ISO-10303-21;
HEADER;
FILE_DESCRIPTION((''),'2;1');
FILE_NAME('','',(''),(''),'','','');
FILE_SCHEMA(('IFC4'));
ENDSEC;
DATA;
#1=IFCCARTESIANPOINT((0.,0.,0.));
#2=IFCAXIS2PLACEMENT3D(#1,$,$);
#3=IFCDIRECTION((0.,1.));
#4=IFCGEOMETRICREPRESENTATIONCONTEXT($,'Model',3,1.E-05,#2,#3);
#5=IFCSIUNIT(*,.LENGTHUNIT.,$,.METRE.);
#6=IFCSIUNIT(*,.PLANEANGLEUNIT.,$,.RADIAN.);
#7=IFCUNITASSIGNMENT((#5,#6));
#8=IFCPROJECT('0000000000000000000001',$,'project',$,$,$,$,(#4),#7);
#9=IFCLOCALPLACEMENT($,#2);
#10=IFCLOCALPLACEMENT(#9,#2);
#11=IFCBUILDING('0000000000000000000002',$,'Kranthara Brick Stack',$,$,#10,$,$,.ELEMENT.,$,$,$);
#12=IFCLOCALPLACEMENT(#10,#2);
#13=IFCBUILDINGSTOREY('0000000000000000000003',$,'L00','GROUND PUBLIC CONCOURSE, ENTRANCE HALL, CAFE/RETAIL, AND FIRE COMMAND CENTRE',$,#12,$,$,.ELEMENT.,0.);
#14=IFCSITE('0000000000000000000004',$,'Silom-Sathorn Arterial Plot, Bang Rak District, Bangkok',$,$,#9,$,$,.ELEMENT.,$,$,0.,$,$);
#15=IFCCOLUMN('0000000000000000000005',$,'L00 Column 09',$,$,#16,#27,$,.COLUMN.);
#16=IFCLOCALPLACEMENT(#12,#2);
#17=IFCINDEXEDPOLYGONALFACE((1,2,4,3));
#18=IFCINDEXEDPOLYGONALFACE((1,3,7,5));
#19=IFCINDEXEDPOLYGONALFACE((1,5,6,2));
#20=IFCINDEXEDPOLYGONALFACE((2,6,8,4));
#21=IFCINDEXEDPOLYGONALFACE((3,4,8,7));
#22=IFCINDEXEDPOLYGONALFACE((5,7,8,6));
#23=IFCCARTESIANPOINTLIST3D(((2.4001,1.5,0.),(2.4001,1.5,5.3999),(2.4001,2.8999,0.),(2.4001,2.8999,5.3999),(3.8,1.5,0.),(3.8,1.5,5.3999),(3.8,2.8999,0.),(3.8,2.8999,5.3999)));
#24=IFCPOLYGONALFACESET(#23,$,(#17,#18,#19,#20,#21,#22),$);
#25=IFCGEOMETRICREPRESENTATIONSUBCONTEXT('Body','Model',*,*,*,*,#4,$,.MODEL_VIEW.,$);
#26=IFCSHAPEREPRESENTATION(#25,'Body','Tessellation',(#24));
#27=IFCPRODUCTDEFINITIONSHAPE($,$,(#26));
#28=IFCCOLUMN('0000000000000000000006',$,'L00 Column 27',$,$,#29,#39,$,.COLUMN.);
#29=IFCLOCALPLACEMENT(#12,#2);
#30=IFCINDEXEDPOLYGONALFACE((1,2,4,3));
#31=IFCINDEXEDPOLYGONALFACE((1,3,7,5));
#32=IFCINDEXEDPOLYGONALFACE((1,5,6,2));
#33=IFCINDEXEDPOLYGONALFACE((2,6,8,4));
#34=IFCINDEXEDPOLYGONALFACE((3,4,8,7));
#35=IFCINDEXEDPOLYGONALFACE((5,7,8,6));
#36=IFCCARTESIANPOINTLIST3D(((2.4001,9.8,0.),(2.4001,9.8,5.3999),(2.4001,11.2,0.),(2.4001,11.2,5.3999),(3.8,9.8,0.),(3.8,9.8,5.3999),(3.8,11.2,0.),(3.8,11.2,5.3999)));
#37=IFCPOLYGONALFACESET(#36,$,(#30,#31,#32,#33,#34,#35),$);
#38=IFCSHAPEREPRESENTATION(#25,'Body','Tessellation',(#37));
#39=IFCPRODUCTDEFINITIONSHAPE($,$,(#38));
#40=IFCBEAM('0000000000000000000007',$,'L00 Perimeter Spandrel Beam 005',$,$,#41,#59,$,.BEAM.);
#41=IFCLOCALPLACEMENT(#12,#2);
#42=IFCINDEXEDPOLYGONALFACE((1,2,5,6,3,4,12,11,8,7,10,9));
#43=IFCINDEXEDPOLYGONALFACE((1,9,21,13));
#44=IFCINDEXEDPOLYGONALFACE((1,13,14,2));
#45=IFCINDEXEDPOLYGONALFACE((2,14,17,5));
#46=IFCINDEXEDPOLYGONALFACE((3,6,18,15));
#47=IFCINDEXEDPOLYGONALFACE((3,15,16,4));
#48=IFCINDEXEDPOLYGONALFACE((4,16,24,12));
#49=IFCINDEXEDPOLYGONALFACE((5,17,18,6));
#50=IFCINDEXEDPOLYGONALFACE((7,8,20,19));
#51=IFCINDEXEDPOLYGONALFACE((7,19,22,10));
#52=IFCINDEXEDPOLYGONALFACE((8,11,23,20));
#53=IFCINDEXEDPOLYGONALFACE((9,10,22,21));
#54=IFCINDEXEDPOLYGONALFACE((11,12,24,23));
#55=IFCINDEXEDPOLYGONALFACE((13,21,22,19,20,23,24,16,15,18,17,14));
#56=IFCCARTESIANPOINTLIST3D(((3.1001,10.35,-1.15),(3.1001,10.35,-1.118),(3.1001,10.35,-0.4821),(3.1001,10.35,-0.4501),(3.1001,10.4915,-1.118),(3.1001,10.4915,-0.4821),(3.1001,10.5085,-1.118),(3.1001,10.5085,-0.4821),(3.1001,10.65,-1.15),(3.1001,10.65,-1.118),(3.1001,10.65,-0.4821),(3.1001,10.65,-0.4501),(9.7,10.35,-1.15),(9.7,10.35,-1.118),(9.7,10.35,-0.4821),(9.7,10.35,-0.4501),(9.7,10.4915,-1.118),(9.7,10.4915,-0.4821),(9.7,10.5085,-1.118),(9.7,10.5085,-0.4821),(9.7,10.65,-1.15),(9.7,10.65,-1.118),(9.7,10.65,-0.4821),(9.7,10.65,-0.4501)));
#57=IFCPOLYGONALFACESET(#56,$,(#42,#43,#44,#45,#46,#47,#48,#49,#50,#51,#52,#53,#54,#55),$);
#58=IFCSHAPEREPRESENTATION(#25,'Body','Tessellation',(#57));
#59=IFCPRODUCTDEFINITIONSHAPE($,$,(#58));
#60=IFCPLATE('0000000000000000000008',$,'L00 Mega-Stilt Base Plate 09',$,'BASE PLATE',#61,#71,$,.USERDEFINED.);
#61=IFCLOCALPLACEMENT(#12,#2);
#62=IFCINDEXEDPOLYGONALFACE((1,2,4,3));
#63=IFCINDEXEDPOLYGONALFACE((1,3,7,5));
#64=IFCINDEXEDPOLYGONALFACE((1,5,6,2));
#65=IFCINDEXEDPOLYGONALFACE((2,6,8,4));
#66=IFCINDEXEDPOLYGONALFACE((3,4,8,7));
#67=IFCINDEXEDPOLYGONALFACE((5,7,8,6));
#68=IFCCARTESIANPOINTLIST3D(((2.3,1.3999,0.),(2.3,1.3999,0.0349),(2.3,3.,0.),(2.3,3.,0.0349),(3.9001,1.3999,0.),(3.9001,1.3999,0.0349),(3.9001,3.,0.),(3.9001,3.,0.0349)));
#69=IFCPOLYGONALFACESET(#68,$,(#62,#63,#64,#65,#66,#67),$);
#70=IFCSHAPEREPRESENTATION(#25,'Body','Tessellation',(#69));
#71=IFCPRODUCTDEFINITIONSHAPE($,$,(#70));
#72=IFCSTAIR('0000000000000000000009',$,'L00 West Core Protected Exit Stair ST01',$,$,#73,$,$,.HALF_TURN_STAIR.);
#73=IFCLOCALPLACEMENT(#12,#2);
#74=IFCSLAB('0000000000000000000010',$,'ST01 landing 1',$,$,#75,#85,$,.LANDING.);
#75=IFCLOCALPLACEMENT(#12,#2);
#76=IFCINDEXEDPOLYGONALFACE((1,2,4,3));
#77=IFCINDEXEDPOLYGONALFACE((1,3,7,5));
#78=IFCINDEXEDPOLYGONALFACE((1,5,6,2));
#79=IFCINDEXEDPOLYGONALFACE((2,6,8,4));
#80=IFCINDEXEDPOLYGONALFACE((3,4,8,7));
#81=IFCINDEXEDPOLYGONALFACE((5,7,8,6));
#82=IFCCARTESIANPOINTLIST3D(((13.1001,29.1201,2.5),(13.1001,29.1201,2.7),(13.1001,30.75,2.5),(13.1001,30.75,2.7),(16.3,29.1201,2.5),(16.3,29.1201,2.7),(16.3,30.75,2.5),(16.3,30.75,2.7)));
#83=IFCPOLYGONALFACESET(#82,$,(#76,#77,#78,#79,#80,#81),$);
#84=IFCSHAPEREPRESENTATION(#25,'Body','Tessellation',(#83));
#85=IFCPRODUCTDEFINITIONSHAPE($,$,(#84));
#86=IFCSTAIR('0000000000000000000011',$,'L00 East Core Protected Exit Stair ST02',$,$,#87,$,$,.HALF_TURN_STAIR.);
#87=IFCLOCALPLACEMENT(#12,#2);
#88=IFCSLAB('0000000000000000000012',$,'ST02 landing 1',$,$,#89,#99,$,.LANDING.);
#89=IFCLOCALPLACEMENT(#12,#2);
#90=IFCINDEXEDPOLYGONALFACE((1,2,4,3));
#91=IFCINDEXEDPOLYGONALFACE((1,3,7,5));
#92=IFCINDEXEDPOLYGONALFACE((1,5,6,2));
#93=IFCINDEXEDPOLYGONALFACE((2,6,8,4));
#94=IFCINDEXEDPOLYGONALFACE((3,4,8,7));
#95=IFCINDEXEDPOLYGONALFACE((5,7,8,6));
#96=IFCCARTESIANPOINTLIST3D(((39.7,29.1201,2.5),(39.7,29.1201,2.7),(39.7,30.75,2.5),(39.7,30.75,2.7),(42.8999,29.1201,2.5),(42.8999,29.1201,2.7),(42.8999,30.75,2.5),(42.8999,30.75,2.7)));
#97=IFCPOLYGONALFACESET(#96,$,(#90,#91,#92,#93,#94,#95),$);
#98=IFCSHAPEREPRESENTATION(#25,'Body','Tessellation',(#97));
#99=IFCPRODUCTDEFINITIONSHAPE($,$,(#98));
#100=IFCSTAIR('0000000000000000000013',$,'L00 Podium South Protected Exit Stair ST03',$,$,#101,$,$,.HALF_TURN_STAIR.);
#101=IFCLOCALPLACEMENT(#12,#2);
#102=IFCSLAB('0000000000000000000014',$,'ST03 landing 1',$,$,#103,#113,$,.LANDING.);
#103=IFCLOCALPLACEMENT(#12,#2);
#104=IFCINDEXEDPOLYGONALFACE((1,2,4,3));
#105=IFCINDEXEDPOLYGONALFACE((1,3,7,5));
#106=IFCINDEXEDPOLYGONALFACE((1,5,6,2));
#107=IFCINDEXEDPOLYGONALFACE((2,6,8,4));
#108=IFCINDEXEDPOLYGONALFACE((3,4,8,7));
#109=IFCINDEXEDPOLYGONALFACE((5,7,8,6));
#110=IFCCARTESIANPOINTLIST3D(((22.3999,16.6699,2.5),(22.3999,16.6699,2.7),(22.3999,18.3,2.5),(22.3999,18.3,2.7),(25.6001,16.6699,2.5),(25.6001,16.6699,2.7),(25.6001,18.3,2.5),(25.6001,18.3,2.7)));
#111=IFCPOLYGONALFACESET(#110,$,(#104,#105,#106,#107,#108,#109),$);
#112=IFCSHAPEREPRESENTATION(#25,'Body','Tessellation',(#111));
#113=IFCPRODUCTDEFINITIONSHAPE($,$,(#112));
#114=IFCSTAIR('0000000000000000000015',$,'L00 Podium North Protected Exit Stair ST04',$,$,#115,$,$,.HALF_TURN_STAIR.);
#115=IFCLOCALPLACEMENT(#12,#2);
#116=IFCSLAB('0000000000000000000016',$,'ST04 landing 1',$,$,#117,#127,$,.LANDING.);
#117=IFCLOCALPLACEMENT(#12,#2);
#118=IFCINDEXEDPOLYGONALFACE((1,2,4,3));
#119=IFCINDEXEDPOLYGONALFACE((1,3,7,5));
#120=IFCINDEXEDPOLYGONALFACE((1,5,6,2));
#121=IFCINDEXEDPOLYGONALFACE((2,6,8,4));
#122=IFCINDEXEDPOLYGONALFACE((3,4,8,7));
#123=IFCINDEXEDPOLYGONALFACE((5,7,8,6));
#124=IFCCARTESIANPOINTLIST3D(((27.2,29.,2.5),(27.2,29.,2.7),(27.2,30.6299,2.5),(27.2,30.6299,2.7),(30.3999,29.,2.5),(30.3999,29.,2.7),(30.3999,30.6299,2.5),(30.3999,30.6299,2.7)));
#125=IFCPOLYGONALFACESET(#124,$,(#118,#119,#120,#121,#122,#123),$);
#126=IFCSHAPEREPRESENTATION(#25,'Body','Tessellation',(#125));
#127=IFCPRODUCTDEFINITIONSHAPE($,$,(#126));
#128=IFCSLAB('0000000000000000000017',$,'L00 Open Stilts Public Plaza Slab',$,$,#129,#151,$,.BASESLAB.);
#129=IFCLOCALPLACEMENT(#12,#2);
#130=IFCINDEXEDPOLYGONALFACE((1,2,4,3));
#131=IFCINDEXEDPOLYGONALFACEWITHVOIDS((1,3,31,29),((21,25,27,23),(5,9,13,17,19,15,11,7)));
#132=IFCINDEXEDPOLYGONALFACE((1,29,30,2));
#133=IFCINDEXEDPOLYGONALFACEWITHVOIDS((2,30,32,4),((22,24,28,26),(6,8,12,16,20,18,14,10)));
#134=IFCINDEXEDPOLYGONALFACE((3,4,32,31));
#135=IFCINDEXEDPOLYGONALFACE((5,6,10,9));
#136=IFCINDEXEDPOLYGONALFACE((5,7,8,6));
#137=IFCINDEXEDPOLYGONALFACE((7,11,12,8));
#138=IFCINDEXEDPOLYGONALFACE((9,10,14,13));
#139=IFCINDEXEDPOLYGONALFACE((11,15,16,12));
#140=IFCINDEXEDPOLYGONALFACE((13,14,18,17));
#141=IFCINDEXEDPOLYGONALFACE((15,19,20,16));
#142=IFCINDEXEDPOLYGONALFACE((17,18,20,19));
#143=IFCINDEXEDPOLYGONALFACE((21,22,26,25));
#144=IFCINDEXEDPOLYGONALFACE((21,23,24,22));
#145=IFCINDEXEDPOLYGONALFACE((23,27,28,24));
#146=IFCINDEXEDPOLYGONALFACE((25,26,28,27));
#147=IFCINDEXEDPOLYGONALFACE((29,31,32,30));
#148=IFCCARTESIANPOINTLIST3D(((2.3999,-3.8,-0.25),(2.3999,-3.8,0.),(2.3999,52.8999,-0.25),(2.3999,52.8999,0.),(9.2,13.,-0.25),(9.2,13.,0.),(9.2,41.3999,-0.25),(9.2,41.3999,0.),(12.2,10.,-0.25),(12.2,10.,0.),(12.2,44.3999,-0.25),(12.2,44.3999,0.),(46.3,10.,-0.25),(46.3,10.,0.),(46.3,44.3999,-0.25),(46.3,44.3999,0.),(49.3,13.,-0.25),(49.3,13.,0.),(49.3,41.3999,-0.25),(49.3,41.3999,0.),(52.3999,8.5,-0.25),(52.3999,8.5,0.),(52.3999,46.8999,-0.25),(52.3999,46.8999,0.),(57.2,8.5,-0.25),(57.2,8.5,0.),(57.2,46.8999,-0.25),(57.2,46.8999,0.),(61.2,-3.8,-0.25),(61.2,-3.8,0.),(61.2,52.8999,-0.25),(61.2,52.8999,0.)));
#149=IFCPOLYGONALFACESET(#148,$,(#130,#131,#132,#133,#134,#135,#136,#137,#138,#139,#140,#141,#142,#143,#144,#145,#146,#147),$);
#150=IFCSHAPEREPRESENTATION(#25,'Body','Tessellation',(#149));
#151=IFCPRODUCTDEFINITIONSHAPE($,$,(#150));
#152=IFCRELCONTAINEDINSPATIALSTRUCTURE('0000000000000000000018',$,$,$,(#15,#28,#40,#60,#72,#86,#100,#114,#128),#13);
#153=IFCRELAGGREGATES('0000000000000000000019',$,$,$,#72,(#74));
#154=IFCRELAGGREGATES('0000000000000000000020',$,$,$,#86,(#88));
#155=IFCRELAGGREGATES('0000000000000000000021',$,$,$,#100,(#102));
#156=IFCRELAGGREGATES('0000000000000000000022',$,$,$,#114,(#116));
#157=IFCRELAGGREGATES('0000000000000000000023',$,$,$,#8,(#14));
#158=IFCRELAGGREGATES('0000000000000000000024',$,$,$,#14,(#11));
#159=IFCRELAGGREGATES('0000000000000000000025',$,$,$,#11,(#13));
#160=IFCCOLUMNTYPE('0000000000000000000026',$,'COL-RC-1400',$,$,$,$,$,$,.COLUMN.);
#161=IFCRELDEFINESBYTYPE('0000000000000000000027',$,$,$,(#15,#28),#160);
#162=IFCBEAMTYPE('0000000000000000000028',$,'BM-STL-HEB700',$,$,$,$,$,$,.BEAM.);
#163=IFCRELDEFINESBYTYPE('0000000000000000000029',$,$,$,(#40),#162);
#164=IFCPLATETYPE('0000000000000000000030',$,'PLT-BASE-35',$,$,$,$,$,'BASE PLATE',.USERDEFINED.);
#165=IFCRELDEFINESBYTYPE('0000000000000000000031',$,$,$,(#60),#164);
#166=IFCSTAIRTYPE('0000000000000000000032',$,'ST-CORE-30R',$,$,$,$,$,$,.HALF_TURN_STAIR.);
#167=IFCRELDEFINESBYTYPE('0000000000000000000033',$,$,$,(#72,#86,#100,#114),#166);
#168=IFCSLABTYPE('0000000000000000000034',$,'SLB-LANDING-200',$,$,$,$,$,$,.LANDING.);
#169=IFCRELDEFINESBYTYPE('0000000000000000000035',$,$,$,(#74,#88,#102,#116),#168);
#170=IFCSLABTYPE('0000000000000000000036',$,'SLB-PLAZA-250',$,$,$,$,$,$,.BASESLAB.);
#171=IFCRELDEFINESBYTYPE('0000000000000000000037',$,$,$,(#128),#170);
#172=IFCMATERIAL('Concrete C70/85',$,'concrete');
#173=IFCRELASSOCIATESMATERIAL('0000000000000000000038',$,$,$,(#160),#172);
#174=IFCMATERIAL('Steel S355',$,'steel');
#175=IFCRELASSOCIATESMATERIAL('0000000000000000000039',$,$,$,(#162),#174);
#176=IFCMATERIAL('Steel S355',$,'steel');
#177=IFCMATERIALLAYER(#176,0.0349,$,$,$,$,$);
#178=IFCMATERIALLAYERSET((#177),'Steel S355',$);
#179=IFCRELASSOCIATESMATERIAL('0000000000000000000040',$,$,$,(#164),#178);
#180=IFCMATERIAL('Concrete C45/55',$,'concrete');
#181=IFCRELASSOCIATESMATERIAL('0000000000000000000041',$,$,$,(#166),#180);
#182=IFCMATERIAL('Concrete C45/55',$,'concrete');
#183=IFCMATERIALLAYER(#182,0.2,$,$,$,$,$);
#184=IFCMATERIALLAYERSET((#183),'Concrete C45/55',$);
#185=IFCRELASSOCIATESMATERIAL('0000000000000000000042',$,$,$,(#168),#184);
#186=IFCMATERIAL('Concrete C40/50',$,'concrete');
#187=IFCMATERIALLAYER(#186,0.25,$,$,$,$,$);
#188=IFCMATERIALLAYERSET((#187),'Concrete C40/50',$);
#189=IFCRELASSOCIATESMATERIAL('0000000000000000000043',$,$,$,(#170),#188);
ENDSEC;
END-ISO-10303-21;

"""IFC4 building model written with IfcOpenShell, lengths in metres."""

from ifc_helpers import new_model, si_unit, direction, frame, origin, origin_2d, place, context, subcontext, project, spatial, polyline, rectangle, i_section, outline, extrude, material, layer, layer_set, material_profile, profile_set, type_object, element, aggregate, save


model = new_model("IFC4")

# Units and contexts
model_context = context("Model", 3, precision=1e-05, world=origin(), true_north=direction((0.0, 1.0)))
body_context = subcontext(model_context, "Body", "Model", "MODEL_VIEW")
ifc_project = project(units=[si_unit("LENGTHUNIT", "METRE"), si_unit("PLANEANGLEUNIT", "RADIAN")], contexts=[model_context])

# Site, building, storey
site_placement = place(None, origin())
site = spatial("IfcSite", under=ifc_project, at=site_placement, Name="Silom-Sathorn Arterial Plot, Bang Rak District, Bangkok", CompositionType="ELEMENT", RefElevation=0.0)
building_placement = place(site_placement, origin())
building = spatial("IfcBuilding", under=site, at=building_placement, Name="Kranthara Brick Stack", CompositionType="ELEMENT")
storey_placement = place(building_placement, origin())
storey = spatial("IfcBuildingStorey", under=building, at=storey_placement, Name="L00", Description="GROUND PUBLIC CONCOURSE, ENTRANCE HALL, CAFE/RETAIL, AND FIRE COMMAND CENTRE", CompositionType="ELEMENT", Elevation=0.0)

# Columns
ifc_material_1 = material(Name="Concrete C70/85", Category="concrete")
ifc_material_profile_1 = material_profile(ifc_material_1, rectangle(XDim=1.3999, YDim=1.3999, at=origin_2d()), Name="RC 1400x1400")
ifc_profile_set_1 = profile_set([ifc_material_profile_1], Name="Concrete C70/85")
column_type = type_object("IfcColumnType", Name="COL-RC-1400", PredefinedType="COLUMN", material=ifc_profile_set_1)
for number, where, z_axis, x_axis, name in (
    (1, (3.1001, 2.2, 0.0), (0.0, 0.0, 1.0), (1.0, 0.0, 0.0), "L00 Column 09"),
    (2, (3.1001, 10.5, 0.0), (0.0, 0.0, 1.0), (1.0, 0.0, 0.0), "L00 Column 27"),
):
    element("IfcColumn", number, at=place(storey_placement, frame(where, z_axis=z_axis, x_axis=x_axis)), inside=storey, type_object=column_type, Name=name, PredefinedType="COLUMN", context=body_context, shape_type="SweptSolid", body=[
        extrude(rectangle(XDim=1.3999, YDim=1.3999, at=origin_2d()), origin(), (0.0, 0.0, 1.0), 5.3999),
    ])

# Beam
ifc_material_2 = material(Name="Steel S355", Category="steel")
ifc_material_profile_2 = material_profile(ifc_material_2, i_section(OverallWidth=0.3, OverallDepth=0.7, WebThickness=0.0171, FlangeThickness=0.032, at=origin_2d()), Name="HEB 700")
ifc_profile_set_2 = profile_set([ifc_material_profile_2], Name="Steel S355")
beam_type = type_object("IfcBeamType", Name="BM-STL-HEB700", PredefinedType="BEAM", material=ifc_profile_set_2)
beam_placement = place(storey_placement, frame((3.1001, 10.5, -0.8), z_axis=(1.0, 0.0, 0.0), x_axis=(0.0, 1.0, 0.0)))
element("IfcBeam", 3, at=beam_placement, inside=storey, type_object=beam_type, Name="L00 Perimeter Spandrel Beam 005", PredefinedType="BEAM", context=body_context, shape_type="SweptSolid", body=[
    extrude(i_section(OverallWidth=0.3, OverallDepth=0.7, WebThickness=0.0171, FlangeThickness=0.032, at=origin_2d()), origin(), (0.0, 0.0, 1.0), 6.5999),
])

# Plate
ifc_material_3 = material(Name="Steel S355", Category="steel")
ifc_layer_1 = layer(ifc_material_3, 0.0349)
ifc_layer_set_1 = layer_set([ifc_layer_1], Name="Steel S355")
plate_type = type_object("IfcPlateType", Name="PLT-BASE-35", ElementType="BASE PLATE", PredefinedType="USERDEFINED", material=ifc_layer_set_1)
plate_placement = place(storey_placement, frame((3.1001, 2.2, 0.0), z_axis=(0.0, 0.0, 1.0), x_axis=(1.0, 0.0, 0.0)))
element("IfcPlate", 4, at=plate_placement, inside=storey, type_object=plate_type, Name="L00 Mega-Stilt Base Plate 09", ObjectType="BASE PLATE", PredefinedType="USERDEFINED", context=body_context, shape_type="SweptSolid", body=[
    extrude(rectangle(XDim=1.6001, YDim=1.6001, at=origin_2d()), origin(), (0.0, 0.0, 1.0), 0.0349),
])

# Stairs, slabs
ifc_material_4 = material(Name="Concrete C45/55", Category="concrete")
stair_type = type_object("IfcStairType", Name="ST-CORE-30R", PredefinedType="HALF_TURN_STAIR", material=ifc_material_4)
stair_1_placement = place(storey_placement, origin())
stair_1 = element("IfcStair", 5, at=stair_1_placement, inside=storey, type_object=stair_type, Name="L00 West Core Protected Exit Stair ST01", PredefinedType="HALF_TURN_STAIR")
ifc_material_5 = material(Name="Concrete C45/55", Category="concrete")
ifc_layer_2 = layer(ifc_material_5, 0.2)
ifc_layer_set_2 = layer_set([ifc_layer_2], Name="Concrete C45/55")
slab_type_1 = type_object("IfcSlabType", Name="SLB-LANDING-200", PredefinedType="LANDING", material=ifc_layer_set_2)
slab_1_placement = place(storey_placement, frame((0.0, 0.0, 2.5)))
slab_1 = element("IfcSlab", 6, at=slab_1_placement, type_object=slab_type_1, Name="ST01 landing 1", PredefinedType="LANDING", context=body_context, shape_type="SweptSolid", body=[
    extrude(outline(polyline([(16.3, 29.1201), (16.3, 30.75), (13.1001, 30.75), (13.1001, 29.1201), (16.3, 29.1201)])), origin(), (0.0, 0.0, 1.0), 0.2),
])
aggregate(stair_1, [slab_1])
stair_2_placement = place(storey_placement, origin())
stair_2 = element("IfcStair", 7, at=stair_2_placement, inside=storey, type_object=stair_type, Name="L00 East Core Protected Exit Stair ST02", PredefinedType="HALF_TURN_STAIR")
slab_2_placement = place(storey_placement, frame((0.0, 0.0, 2.5)))
slab_2 = element("IfcSlab", 8, at=slab_2_placement, type_object=slab_type_1, Name="ST02 landing 1", PredefinedType="LANDING", context=body_context, shape_type="SweptSolid", body=[
    extrude(outline(polyline([(42.8999, 29.1201), (42.8999, 30.75), (39.7, 30.75), (39.7, 29.1201), (42.8999, 29.1201)])), origin(), (0.0, 0.0, 1.0), 0.2),
])
aggregate(stair_2, [slab_2])
stair_3_placement = place(storey_placement, origin())
stair_3 = element("IfcStair", 9, at=stair_3_placement, inside=storey, type_object=stair_type, Name="L00 Podium South Protected Exit Stair ST03", PredefinedType="HALF_TURN_STAIR")
slab_3_placement = place(storey_placement, frame((0.0, 0.0, 2.5)))
slab_3 = element("IfcSlab", 10, at=slab_3_placement, type_object=slab_type_1, Name="ST03 landing 1", PredefinedType="LANDING", context=body_context, shape_type="SweptSolid", body=[
    extrude(outline(polyline([(25.6001, 16.6699), (25.6001, 18.3), (22.3999, 18.3), (22.3999, 16.6699), (25.6001, 16.6699)])), origin(), (0.0, 0.0, 1.0), 0.2),
])
aggregate(stair_3, [slab_3])
stair_4_placement = place(storey_placement, origin())
stair_4 = element("IfcStair", 11, at=stair_4_placement, inside=storey, type_object=stair_type, Name="L00 Podium North Protected Exit Stair ST04", PredefinedType="HALF_TURN_STAIR")
slab_4_placement = place(storey_placement, frame((0.0, 0.0, 2.5)))
slab_4 = element("IfcSlab", 12, at=slab_4_placement, type_object=slab_type_1, Name="ST04 landing 1", PredefinedType="LANDING", context=body_context, shape_type="SweptSolid", body=[
    extrude(outline(polyline([(27.2, 30.6299), (27.2, 29.0), (30.3999, 29.0), (30.3999, 30.6299), (27.2, 30.6299)])), origin(), (0.0, 0.0, 1.0), 0.2),
])
aggregate(stair_4, [slab_4])

# Slab
ifc_material_6 = material(Name="Concrete C40/50", Category="concrete")
ifc_layer_3 = layer(ifc_material_6, 0.25)
ifc_layer_set_3 = layer_set([ifc_layer_3], Name="Concrete C40/50")
slab_type_2 = type_object("IfcSlabType", Name="SLB-PLAZA-250", PredefinedType="BASESLAB", material=ifc_layer_set_3)
slab_5_placement = place(storey_placement, frame((0.0, 0.0, -0.25)))
element("IfcSlab", 13, at=slab_5_placement, inside=storey, type_object=slab_type_2, Name="L00 Open Stilts Public Plaza Slab", PredefinedType="BASESLAB", context=body_context, shape_type="SweptSolid", body=[
    extrude(outline(polyline([(2.3999, -3.8), (61.2, -3.8), (61.2, 52.8999), (2.3999, 52.8999), (2.3999, -3.8)]), holes=[polyline([(12.2, 10.0), (46.3, 10.0), (49.3, 13.0), (49.3, 41.3999), (46.3, 44.3999), (12.2, 44.3999), (9.2, 41.3999), (9.2, 13.0), (12.2, 10.0)]), polyline([(52.3999, 8.5), (57.2, 8.5), (57.2, 46.8999), (52.3999, 46.8999), (52.3999, 8.5)])]), origin(), (0.0, 0.0, 1.0), 0.25),
])

save(model, "model.ifc")
